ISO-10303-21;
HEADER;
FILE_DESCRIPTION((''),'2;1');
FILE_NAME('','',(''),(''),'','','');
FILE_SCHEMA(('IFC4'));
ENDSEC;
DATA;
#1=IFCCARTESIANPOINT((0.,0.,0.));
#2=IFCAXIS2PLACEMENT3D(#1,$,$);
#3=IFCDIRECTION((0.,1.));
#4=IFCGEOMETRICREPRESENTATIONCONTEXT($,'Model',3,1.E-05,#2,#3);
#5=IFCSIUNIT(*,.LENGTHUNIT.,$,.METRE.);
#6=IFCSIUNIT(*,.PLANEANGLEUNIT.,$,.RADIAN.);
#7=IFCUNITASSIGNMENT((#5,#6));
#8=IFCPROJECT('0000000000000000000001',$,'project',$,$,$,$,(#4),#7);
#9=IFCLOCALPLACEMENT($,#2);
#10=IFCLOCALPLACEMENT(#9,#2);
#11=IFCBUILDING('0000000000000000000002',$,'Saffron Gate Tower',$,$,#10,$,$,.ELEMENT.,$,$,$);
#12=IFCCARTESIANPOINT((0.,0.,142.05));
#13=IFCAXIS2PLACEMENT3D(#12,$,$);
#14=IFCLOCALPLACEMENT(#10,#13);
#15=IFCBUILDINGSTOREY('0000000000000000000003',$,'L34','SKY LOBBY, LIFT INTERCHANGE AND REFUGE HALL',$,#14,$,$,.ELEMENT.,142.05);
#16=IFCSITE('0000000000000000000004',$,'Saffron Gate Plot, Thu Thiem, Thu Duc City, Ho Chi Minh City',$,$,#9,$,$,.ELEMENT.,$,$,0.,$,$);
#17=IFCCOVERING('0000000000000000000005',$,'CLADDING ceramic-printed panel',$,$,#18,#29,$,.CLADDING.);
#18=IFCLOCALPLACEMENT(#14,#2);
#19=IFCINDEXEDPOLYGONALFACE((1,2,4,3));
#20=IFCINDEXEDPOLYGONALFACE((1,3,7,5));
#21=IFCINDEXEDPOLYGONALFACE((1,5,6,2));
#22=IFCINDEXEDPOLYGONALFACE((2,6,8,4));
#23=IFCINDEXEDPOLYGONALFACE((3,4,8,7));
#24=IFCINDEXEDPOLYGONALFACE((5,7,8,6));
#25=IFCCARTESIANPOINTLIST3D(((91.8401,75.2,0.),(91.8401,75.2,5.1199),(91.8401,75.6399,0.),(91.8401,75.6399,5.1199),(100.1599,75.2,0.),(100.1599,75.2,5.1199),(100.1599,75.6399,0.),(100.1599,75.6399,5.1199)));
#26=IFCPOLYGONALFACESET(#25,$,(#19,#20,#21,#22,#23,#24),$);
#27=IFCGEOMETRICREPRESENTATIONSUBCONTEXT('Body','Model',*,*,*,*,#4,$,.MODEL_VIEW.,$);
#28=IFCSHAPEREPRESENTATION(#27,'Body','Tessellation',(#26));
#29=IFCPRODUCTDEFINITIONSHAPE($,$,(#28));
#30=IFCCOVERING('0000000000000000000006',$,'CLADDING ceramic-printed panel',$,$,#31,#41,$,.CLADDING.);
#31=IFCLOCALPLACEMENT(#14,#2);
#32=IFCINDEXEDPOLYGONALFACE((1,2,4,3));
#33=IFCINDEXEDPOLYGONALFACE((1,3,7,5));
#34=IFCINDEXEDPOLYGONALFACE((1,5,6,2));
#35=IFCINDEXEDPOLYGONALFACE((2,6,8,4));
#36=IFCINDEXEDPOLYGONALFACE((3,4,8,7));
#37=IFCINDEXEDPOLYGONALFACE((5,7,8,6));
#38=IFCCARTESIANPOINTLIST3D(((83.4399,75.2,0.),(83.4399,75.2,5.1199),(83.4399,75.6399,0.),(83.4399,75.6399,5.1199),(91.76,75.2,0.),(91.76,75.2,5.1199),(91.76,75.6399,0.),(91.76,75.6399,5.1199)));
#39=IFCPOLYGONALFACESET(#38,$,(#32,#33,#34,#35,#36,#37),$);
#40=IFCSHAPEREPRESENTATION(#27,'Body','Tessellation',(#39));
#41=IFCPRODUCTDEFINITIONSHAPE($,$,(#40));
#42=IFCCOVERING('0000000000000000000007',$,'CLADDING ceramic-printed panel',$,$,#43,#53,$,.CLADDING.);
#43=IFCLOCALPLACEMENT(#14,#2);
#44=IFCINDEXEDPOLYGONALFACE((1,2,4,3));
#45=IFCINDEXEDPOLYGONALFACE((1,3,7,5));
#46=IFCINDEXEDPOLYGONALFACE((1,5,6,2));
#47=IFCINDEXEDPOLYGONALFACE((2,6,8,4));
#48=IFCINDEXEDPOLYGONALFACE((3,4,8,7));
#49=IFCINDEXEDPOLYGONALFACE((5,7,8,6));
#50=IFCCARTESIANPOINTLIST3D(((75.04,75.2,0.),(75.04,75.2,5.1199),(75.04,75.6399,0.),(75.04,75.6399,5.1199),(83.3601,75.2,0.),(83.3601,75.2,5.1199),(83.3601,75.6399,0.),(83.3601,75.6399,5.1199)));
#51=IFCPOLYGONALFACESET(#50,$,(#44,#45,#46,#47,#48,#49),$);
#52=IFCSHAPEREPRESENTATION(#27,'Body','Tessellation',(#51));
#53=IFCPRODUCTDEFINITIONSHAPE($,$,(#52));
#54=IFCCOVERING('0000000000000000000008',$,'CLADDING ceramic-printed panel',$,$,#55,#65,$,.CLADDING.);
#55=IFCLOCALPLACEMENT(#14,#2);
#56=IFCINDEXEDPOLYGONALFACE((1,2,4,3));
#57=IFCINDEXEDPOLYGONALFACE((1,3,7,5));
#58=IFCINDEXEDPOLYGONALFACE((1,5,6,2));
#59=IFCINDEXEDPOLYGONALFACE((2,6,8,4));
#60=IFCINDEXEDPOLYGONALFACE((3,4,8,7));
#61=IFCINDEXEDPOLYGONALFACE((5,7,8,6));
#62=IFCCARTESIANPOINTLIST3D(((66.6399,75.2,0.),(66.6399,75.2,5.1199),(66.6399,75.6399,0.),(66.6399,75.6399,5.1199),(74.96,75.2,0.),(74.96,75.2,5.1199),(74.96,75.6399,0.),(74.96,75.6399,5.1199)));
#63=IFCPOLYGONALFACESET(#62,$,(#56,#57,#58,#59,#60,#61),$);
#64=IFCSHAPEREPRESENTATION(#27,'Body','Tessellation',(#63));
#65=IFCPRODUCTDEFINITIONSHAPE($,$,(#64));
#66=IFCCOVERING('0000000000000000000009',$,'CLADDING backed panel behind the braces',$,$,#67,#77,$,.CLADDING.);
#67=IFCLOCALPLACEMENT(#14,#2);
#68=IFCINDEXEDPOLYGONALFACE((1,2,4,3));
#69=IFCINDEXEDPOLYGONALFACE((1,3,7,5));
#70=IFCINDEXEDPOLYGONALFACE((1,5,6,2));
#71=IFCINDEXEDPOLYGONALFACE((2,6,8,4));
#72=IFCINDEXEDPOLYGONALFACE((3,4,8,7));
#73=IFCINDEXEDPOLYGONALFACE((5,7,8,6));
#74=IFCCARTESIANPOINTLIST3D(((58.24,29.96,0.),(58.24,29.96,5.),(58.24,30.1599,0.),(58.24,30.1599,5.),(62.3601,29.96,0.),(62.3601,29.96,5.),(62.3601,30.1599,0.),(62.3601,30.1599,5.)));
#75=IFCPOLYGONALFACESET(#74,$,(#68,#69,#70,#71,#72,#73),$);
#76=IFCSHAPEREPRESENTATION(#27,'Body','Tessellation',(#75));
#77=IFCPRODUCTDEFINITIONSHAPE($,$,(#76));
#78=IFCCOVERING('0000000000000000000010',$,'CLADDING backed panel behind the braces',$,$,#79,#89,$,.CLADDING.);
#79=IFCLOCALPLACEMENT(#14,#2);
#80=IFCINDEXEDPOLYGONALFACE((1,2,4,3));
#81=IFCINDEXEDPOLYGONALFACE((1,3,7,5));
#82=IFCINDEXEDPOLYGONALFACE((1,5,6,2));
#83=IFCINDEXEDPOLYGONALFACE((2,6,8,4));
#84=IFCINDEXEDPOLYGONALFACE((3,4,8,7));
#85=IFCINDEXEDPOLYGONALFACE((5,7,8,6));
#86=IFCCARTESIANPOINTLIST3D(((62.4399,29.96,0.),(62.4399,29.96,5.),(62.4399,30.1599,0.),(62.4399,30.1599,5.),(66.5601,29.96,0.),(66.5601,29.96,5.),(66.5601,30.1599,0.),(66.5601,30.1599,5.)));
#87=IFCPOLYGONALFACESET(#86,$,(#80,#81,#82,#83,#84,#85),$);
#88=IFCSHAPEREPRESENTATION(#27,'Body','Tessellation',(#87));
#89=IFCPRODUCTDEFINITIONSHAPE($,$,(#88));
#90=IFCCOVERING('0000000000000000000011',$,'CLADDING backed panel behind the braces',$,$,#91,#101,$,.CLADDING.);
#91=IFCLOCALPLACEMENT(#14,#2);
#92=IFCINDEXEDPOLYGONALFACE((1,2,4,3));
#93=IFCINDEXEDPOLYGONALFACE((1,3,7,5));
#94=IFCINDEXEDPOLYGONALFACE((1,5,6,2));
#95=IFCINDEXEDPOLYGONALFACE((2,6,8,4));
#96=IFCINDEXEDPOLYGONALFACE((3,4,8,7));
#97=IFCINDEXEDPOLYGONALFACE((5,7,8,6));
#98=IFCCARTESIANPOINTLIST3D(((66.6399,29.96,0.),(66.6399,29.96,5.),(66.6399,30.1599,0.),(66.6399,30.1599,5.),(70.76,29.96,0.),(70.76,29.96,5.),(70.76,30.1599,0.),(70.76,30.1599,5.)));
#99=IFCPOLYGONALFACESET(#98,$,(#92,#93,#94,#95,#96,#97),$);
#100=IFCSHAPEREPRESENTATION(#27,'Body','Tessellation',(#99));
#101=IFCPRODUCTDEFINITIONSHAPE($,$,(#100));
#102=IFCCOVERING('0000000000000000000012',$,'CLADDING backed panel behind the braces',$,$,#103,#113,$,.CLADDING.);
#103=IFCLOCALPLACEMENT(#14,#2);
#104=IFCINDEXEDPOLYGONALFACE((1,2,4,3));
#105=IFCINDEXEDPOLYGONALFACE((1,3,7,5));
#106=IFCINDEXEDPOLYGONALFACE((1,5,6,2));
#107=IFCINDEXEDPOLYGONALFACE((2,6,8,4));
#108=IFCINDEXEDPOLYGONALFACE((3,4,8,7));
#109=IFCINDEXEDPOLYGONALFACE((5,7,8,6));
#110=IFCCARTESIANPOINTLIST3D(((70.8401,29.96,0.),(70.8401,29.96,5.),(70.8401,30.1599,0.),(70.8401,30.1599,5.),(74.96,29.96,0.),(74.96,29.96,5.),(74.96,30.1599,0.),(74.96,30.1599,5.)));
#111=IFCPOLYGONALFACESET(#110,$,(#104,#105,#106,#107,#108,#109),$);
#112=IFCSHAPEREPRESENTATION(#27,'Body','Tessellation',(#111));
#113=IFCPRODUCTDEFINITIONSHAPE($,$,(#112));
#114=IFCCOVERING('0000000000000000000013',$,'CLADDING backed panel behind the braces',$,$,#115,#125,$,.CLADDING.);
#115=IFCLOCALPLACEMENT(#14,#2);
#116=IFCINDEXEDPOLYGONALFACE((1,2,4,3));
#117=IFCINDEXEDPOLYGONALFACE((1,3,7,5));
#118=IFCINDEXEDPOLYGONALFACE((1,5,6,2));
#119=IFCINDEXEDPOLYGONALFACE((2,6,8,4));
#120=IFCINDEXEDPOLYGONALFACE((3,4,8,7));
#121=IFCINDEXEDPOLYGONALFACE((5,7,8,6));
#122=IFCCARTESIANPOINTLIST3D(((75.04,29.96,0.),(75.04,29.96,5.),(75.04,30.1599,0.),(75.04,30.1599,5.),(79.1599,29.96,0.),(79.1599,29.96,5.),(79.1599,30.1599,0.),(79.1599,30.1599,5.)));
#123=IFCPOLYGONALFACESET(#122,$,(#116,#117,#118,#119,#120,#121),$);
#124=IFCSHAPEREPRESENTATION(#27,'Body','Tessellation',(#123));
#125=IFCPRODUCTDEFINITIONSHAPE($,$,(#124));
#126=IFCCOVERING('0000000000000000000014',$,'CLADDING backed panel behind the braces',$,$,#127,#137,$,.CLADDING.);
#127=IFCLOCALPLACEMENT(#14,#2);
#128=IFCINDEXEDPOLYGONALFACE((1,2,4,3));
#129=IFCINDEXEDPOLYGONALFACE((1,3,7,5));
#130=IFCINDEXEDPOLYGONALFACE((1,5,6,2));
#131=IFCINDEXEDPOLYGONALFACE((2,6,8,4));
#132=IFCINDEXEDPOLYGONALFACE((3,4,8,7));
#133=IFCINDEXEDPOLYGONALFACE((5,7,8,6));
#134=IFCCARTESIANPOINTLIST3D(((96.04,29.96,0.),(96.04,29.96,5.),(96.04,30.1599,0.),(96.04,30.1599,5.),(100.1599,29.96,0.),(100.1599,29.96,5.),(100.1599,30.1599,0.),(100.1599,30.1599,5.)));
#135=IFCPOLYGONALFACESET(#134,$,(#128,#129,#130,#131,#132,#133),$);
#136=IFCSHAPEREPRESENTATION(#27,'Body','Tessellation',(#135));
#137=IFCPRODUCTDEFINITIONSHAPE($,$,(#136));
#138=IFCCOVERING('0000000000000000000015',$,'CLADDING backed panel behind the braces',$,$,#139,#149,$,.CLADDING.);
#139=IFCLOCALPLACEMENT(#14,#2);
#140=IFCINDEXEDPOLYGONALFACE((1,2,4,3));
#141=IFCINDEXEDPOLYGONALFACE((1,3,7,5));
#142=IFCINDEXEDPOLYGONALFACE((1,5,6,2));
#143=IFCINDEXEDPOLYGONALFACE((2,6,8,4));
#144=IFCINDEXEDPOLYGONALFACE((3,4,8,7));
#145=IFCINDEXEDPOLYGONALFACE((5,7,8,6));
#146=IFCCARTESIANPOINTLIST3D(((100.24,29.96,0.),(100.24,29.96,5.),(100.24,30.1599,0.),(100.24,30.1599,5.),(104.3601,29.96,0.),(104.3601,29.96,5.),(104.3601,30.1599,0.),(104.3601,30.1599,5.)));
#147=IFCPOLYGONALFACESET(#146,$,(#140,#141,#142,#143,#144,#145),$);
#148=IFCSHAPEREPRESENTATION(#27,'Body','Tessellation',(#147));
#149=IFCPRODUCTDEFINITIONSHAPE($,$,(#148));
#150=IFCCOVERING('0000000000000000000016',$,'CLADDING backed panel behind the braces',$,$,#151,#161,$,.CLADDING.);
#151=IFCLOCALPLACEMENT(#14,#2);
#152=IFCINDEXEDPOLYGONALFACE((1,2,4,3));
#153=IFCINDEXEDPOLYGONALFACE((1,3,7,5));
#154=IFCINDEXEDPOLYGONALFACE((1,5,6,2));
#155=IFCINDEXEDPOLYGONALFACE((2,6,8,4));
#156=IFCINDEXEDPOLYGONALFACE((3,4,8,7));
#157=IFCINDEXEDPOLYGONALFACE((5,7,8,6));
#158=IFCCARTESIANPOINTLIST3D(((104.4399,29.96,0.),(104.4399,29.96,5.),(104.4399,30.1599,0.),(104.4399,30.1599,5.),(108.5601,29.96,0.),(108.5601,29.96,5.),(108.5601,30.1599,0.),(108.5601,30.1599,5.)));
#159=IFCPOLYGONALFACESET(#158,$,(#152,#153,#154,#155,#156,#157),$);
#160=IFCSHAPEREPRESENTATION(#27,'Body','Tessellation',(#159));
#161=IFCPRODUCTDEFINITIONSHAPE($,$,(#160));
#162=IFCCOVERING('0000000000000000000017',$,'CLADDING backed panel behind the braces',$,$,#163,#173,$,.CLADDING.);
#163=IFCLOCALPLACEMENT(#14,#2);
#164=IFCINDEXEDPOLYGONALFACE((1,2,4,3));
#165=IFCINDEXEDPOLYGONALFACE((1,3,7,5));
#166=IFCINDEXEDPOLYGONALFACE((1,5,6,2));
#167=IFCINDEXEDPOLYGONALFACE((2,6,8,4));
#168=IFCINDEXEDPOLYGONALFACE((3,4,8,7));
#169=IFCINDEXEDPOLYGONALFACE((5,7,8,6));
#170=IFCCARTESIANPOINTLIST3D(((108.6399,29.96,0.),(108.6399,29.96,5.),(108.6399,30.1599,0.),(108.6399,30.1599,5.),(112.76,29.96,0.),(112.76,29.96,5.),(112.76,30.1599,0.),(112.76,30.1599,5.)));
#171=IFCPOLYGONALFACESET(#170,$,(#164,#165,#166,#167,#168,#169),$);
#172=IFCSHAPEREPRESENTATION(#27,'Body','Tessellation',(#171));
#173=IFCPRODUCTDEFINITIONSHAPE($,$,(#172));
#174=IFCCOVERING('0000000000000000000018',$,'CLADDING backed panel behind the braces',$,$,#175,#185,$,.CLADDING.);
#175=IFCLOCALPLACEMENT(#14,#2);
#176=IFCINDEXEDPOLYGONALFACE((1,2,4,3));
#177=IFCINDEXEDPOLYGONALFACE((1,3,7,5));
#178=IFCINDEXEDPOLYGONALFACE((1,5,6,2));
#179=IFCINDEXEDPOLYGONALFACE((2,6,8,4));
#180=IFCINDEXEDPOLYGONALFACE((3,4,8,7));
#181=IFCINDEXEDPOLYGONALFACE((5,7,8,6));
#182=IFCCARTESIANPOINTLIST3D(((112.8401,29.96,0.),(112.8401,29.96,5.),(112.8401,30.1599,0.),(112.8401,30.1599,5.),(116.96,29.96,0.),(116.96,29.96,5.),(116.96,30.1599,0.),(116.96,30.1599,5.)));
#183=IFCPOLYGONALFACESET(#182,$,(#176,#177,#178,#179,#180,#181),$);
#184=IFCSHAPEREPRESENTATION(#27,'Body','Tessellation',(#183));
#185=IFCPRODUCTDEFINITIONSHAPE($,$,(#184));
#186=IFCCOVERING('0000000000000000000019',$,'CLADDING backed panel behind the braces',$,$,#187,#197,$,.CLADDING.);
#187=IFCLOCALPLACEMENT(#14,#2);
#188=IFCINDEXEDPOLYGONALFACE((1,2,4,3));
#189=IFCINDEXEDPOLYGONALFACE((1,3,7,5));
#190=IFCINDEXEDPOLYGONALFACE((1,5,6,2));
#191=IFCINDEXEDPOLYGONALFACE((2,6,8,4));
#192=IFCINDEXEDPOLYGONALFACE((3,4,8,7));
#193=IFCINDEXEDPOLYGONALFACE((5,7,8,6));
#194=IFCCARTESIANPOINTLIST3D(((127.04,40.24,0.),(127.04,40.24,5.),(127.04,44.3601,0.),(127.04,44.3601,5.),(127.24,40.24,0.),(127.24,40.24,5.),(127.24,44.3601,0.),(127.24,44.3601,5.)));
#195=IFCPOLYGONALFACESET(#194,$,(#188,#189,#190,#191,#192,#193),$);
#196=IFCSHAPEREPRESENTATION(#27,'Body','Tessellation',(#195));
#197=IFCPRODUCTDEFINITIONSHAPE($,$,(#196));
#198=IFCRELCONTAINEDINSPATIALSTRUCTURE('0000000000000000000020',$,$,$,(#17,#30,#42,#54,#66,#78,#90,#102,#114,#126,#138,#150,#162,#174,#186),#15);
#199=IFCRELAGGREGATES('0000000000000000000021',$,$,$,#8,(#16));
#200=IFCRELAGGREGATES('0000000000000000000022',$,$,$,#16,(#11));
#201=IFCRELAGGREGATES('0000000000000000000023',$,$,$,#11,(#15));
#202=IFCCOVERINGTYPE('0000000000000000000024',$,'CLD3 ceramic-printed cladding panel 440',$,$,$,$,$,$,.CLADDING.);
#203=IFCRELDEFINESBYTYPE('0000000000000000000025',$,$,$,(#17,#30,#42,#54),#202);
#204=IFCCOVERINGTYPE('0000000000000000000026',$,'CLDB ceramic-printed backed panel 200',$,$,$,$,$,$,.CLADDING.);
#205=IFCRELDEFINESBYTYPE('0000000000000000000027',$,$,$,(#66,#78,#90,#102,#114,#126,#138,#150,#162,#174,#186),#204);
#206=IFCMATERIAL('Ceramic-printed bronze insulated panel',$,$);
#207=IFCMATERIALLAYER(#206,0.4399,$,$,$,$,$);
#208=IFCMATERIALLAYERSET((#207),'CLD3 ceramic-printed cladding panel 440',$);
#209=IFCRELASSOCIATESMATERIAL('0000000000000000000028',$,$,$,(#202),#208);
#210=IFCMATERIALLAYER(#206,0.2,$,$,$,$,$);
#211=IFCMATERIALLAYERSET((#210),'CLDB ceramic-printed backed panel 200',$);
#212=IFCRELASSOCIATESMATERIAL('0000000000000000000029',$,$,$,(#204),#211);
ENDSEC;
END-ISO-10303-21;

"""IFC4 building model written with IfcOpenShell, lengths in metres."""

from ifc_helpers import new_model, si_unit, direction, frame, origin, place, context, subcontext, project, spatial, polyline, outline, extrude, material, layer, layer_set, type_object, element, save


model = new_model("IFC4")

# Units and contexts
model_context = context("Model", 3, precision=1e-05, world=origin(), true_north=direction((0.0, 1.0)))
body_context = subcontext(model_context, "Body", "Model", "MODEL_VIEW")
ifc_project = project(units=[si_unit("LENGTHUNIT", "METRE"), si_unit("PLANEANGLEUNIT", "RADIAN")], contexts=[model_context])

# Site, building, storey
site_placement = place(None, origin())
site = spatial("IfcSite", under=ifc_project, at=site_placement, Name="Saffron Gate Plot, Thu Thiem, Thu Duc City, Ho Chi Minh City", CompositionType="ELEMENT", RefElevation=0.0)
building_placement = place(site_placement, origin())
building = spatial("IfcBuilding", under=site, at=building_placement, Name="Saffron Gate Tower", CompositionType="ELEMENT")
storey_placement = place(building_placement, frame((0.0, 0.0, 142.05)))
storey = spatial("IfcBuildingStorey", under=building, at=storey_placement, Name="L34", Description="SKY LOBBY, LIFT INTERCHANGE AND REFUGE HALL", CompositionType="ELEMENT", Elevation=142.05)

# Coverings
ifc_material_1 = material(Name="Ceramic-printed bronze insulated panel")
ifc_layer_1 = layer(ifc_material_1, 0.4399)
ifc_layer_set_1 = layer_set([ifc_layer_1], Name="CLD3 ceramic-printed cladding panel 440")
covering_type_1 = type_object("IfcCoveringType", Name="CLD3 ceramic-printed cladding panel 440", PredefinedType="CLADDING", material=ifc_layer_set_1)
covering_1_placement = place(storey_placement, origin())
element("IfcCovering", 1, at=covering_1_placement, inside=storey, type_object=covering_type_1, Name="CLADDING ceramic-printed panel", PredefinedType="CLADDING", context=body_context, shape_type="SweptSolid", body=[
    extrude(outline(polyline([(100.1599, 75.6399), (91.8401, 75.6399), (91.8401, 75.2), (100.1599, 75.2), (100.1599, 75.6399)])), origin(), (0.0, 0.0, 1.0), 5.1199),
])
covering_2_placement = place(storey_placement, origin())
element("IfcCovering", 2, at=covering_2_placement, inside=storey, type_object=covering_type_1, Name="CLADDING ceramic-printed panel", PredefinedType="CLADDING", context=body_context, shape_type="SweptSolid", body=[
    extrude(outline(polyline([(91.76, 75.6399), (83.4399, 75.6399), (83.4399, 75.2), (91.76, 75.2), (91.76, 75.6399)])), origin(), (0.0, 0.0, 1.0), 5.1199),
])
covering_3_placement = place(storey_placement, origin())
element("IfcCovering", 3, at=covering_3_placement, inside=storey, type_object=covering_type_1, Name="CLADDING ceramic-printed panel", PredefinedType="CLADDING", context=body_context, shape_type="SweptSolid", body=[
    extrude(outline(polyline([(83.3601, 75.6399), (75.04, 75.6399), (75.04, 75.2), (83.3601, 75.2), (83.3601, 75.6399)])), origin(), (0.0, 0.0, 1.0), 5.1199),
])
covering_4_placement = place(storey_placement, origin())
element("IfcCovering", 4, at=covering_4_placement, inside=storey, type_object=covering_type_1, Name="CLADDING ceramic-printed panel", PredefinedType="CLADDING", context=body_context, shape_type="SweptSolid", body=[
    extrude(outline(polyline([(74.96, 75.6399), (66.6399, 75.6399), (66.6399, 75.2), (74.96, 75.2), (74.96, 75.6399)])), origin(), (0.0, 0.0, 1.0), 5.1199),
])
ifc_layer_2 = layer(ifc_material_1, 0.2)
ifc_layer_set_2 = layer_set([ifc_layer_2], Name="CLDB ceramic-printed backed panel 200")
covering_type_2 = type_object("IfcCoveringType", Name="CLDB ceramic-printed backed panel 200", PredefinedType="CLADDING", material=ifc_layer_set_2)
covering_5_placement = place(storey_placement, origin())
element("IfcCovering", 5, at=covering_5_placement, inside=storey, type_object=covering_type_2, Name="CLADDING backed panel behind the braces", PredefinedType="CLADDING", context=body_context, shape_type="SweptSolid", body=[
    extrude(outline(polyline([(58.24, 29.96), (62.3601, 29.96), (62.3601, 30.1599), (58.24, 30.1599), (58.24, 29.96)])), origin(), (0.0, 0.0, 1.0), 5.0),
])
covering_6_placement = place(storey_placement, origin())
element("IfcCovering", 6, at=covering_6_placement, inside=storey, type_object=covering_type_2, Name="CLADDING backed panel behind the braces", PredefinedType="CLADDING", context=body_context, shape_type="SweptSolid", body=[
    extrude(outline(polyline([(62.4399, 29.96), (66.5601, 29.96), (66.5601, 30.1599), (62.4399, 30.1599), (62.4399, 29.96)])), origin(), (0.0, 0.0, 1.0), 5.0),
])
covering_7_placement = place(storey_placement, origin())
element("IfcCovering", 7, at=covering_7_placement, inside=storey, type_object=covering_type_2, Name="CLADDING backed panel behind the braces", PredefinedType="CLADDING", context=body_context, shape_type="SweptSolid", body=[
    extrude(outline(polyline([(66.6399, 29.96), (70.76, 29.96), (70.76, 30.1599), (66.6399, 30.1599), (66.6399, 29.96)])), origin(), (0.0, 0.0, 1.0), 5.0),
])
covering_8_placement = place(storey_placement, origin())
element("IfcCovering", 8, at=covering_8_placement, inside=storey, type_object=covering_type_2, Name="CLADDING backed panel behind the braces", PredefinedType="CLADDING", context=body_context, shape_type="SweptSolid", body=[
    extrude(outline(polyline([(70.8401, 29.96), (74.96, 29.96), (74.96, 30.1599), (70.8401, 30.1599), (70.8401, 29.96)])), origin(), (0.0, 0.0, 1.0), 5.0),
])
covering_9_placement = place(storey_placement, origin())
element("IfcCovering", 9, at=covering_9_placement, inside=storey, type_object=covering_type_2, Name="CLADDING backed panel behind the braces", PredefinedType="CLADDING", context=body_context, shape_type="SweptSolid", body=[
    extrude(outline(polyline([(75.04, 29.96), (79.1599, 29.96), (79.1599, 30.1599), (75.04, 30.1599), (75.04, 29.96)])), origin(), (0.0, 0.0, 1.0), 5.0),
])
covering_10_placement = place(storey_placement, origin())
element("IfcCovering", 10, at=covering_10_placement, inside=storey, type_object=covering_type_2, Name="CLADDING backed panel behind the braces", PredefinedType="CLADDING", context=body_context, shape_type="SweptSolid", body=[
    extrude(outline(polyline([(96.04, 29.96), (100.1599, 29.96), (100.1599, 30.1599), (96.04, 30.1599), (96.04, 29.96)])), origin(), (0.0, 0.0, 1.0), 5.0),
])
covering_11_placement = place(storey_placement, origin())
element("IfcCovering", 11, at=covering_11_placement, inside=storey, type_object=covering_type_2, Name="CLADDING backed panel behind the braces", PredefinedType="CLADDING", context=body_context, shape_type="SweptSolid", body=[
    extrude(outline(polyline([(100.24, 29.96), (104.3601, 29.96), (104.3601, 30.1599), (100.24, 30.1599), (100.24, 29.96)])), origin(), (0.0, 0.0, 1.0), 5.0),
])
covering_12_placement = place(storey_placement, origin())
element("IfcCovering", 12, at=covering_12_placement, inside=storey, type_object=covering_type_2, Name="CLADDING backed panel behind the braces", PredefinedType="CLADDING", context=body_context, shape_type="SweptSolid", body=[
    extrude(outline(polyline([(104.4399, 29.96), (108.5601, 29.96), (108.5601, 30.1599), (104.4399, 30.1599), (104.4399, 29.96)])), origin(), (0.0, 0.0, 1.0), 5.0),
])
covering_13_placement = place(storey_placement, origin())
element("IfcCovering", 13, at=covering_13_placement, inside=storey, type_object=covering_type_2, Name="CLADDING backed panel behind the braces", PredefinedType="CLADDING", context=body_context, shape_type="SweptSolid", body=[
    extrude(outline(polyline([(108.6399, 29.96), (112.76, 29.96), (112.76, 30.1599), (108.6399, 30.1599), (108.6399, 29.96)])), origin(), (0.0, 0.0, 1.0), 5.0),
])
covering_14_placement = place(storey_placement, origin())
element("IfcCovering", 14, at=covering_14_placement, inside=storey, type_object=covering_type_2, Name="CLADDING backed panel behind the braces", PredefinedType="CLADDING", context=body_context, shape_type="SweptSolid", body=[
    extrude(outline(polyline([(112.8401, 29.96), (116.96, 29.96), (116.96, 30.1599), (112.8401, 30.1599), (112.8401, 29.96)])), origin(), (0.0, 0.0, 1.0), 5.0),
])
covering_15_placement = place(storey_placement, origin())
element("IfcCovering", 15, at=covering_15_placement, inside=storey, type_object=covering_type_2, Name="CLADDING backed panel behind the braces", PredefinedType="CLADDING", context=body_context, shape_type="SweptSolid", body=[
    extrude(outline(polyline([(127.24, 40.24), (127.24, 44.3601), (127.04, 44.3601), (127.04, 40.24), (127.24, 40.24)])), origin(), (0.0, 0.0, 1.0), 5.0),
])

save(model, "model.ifc")
